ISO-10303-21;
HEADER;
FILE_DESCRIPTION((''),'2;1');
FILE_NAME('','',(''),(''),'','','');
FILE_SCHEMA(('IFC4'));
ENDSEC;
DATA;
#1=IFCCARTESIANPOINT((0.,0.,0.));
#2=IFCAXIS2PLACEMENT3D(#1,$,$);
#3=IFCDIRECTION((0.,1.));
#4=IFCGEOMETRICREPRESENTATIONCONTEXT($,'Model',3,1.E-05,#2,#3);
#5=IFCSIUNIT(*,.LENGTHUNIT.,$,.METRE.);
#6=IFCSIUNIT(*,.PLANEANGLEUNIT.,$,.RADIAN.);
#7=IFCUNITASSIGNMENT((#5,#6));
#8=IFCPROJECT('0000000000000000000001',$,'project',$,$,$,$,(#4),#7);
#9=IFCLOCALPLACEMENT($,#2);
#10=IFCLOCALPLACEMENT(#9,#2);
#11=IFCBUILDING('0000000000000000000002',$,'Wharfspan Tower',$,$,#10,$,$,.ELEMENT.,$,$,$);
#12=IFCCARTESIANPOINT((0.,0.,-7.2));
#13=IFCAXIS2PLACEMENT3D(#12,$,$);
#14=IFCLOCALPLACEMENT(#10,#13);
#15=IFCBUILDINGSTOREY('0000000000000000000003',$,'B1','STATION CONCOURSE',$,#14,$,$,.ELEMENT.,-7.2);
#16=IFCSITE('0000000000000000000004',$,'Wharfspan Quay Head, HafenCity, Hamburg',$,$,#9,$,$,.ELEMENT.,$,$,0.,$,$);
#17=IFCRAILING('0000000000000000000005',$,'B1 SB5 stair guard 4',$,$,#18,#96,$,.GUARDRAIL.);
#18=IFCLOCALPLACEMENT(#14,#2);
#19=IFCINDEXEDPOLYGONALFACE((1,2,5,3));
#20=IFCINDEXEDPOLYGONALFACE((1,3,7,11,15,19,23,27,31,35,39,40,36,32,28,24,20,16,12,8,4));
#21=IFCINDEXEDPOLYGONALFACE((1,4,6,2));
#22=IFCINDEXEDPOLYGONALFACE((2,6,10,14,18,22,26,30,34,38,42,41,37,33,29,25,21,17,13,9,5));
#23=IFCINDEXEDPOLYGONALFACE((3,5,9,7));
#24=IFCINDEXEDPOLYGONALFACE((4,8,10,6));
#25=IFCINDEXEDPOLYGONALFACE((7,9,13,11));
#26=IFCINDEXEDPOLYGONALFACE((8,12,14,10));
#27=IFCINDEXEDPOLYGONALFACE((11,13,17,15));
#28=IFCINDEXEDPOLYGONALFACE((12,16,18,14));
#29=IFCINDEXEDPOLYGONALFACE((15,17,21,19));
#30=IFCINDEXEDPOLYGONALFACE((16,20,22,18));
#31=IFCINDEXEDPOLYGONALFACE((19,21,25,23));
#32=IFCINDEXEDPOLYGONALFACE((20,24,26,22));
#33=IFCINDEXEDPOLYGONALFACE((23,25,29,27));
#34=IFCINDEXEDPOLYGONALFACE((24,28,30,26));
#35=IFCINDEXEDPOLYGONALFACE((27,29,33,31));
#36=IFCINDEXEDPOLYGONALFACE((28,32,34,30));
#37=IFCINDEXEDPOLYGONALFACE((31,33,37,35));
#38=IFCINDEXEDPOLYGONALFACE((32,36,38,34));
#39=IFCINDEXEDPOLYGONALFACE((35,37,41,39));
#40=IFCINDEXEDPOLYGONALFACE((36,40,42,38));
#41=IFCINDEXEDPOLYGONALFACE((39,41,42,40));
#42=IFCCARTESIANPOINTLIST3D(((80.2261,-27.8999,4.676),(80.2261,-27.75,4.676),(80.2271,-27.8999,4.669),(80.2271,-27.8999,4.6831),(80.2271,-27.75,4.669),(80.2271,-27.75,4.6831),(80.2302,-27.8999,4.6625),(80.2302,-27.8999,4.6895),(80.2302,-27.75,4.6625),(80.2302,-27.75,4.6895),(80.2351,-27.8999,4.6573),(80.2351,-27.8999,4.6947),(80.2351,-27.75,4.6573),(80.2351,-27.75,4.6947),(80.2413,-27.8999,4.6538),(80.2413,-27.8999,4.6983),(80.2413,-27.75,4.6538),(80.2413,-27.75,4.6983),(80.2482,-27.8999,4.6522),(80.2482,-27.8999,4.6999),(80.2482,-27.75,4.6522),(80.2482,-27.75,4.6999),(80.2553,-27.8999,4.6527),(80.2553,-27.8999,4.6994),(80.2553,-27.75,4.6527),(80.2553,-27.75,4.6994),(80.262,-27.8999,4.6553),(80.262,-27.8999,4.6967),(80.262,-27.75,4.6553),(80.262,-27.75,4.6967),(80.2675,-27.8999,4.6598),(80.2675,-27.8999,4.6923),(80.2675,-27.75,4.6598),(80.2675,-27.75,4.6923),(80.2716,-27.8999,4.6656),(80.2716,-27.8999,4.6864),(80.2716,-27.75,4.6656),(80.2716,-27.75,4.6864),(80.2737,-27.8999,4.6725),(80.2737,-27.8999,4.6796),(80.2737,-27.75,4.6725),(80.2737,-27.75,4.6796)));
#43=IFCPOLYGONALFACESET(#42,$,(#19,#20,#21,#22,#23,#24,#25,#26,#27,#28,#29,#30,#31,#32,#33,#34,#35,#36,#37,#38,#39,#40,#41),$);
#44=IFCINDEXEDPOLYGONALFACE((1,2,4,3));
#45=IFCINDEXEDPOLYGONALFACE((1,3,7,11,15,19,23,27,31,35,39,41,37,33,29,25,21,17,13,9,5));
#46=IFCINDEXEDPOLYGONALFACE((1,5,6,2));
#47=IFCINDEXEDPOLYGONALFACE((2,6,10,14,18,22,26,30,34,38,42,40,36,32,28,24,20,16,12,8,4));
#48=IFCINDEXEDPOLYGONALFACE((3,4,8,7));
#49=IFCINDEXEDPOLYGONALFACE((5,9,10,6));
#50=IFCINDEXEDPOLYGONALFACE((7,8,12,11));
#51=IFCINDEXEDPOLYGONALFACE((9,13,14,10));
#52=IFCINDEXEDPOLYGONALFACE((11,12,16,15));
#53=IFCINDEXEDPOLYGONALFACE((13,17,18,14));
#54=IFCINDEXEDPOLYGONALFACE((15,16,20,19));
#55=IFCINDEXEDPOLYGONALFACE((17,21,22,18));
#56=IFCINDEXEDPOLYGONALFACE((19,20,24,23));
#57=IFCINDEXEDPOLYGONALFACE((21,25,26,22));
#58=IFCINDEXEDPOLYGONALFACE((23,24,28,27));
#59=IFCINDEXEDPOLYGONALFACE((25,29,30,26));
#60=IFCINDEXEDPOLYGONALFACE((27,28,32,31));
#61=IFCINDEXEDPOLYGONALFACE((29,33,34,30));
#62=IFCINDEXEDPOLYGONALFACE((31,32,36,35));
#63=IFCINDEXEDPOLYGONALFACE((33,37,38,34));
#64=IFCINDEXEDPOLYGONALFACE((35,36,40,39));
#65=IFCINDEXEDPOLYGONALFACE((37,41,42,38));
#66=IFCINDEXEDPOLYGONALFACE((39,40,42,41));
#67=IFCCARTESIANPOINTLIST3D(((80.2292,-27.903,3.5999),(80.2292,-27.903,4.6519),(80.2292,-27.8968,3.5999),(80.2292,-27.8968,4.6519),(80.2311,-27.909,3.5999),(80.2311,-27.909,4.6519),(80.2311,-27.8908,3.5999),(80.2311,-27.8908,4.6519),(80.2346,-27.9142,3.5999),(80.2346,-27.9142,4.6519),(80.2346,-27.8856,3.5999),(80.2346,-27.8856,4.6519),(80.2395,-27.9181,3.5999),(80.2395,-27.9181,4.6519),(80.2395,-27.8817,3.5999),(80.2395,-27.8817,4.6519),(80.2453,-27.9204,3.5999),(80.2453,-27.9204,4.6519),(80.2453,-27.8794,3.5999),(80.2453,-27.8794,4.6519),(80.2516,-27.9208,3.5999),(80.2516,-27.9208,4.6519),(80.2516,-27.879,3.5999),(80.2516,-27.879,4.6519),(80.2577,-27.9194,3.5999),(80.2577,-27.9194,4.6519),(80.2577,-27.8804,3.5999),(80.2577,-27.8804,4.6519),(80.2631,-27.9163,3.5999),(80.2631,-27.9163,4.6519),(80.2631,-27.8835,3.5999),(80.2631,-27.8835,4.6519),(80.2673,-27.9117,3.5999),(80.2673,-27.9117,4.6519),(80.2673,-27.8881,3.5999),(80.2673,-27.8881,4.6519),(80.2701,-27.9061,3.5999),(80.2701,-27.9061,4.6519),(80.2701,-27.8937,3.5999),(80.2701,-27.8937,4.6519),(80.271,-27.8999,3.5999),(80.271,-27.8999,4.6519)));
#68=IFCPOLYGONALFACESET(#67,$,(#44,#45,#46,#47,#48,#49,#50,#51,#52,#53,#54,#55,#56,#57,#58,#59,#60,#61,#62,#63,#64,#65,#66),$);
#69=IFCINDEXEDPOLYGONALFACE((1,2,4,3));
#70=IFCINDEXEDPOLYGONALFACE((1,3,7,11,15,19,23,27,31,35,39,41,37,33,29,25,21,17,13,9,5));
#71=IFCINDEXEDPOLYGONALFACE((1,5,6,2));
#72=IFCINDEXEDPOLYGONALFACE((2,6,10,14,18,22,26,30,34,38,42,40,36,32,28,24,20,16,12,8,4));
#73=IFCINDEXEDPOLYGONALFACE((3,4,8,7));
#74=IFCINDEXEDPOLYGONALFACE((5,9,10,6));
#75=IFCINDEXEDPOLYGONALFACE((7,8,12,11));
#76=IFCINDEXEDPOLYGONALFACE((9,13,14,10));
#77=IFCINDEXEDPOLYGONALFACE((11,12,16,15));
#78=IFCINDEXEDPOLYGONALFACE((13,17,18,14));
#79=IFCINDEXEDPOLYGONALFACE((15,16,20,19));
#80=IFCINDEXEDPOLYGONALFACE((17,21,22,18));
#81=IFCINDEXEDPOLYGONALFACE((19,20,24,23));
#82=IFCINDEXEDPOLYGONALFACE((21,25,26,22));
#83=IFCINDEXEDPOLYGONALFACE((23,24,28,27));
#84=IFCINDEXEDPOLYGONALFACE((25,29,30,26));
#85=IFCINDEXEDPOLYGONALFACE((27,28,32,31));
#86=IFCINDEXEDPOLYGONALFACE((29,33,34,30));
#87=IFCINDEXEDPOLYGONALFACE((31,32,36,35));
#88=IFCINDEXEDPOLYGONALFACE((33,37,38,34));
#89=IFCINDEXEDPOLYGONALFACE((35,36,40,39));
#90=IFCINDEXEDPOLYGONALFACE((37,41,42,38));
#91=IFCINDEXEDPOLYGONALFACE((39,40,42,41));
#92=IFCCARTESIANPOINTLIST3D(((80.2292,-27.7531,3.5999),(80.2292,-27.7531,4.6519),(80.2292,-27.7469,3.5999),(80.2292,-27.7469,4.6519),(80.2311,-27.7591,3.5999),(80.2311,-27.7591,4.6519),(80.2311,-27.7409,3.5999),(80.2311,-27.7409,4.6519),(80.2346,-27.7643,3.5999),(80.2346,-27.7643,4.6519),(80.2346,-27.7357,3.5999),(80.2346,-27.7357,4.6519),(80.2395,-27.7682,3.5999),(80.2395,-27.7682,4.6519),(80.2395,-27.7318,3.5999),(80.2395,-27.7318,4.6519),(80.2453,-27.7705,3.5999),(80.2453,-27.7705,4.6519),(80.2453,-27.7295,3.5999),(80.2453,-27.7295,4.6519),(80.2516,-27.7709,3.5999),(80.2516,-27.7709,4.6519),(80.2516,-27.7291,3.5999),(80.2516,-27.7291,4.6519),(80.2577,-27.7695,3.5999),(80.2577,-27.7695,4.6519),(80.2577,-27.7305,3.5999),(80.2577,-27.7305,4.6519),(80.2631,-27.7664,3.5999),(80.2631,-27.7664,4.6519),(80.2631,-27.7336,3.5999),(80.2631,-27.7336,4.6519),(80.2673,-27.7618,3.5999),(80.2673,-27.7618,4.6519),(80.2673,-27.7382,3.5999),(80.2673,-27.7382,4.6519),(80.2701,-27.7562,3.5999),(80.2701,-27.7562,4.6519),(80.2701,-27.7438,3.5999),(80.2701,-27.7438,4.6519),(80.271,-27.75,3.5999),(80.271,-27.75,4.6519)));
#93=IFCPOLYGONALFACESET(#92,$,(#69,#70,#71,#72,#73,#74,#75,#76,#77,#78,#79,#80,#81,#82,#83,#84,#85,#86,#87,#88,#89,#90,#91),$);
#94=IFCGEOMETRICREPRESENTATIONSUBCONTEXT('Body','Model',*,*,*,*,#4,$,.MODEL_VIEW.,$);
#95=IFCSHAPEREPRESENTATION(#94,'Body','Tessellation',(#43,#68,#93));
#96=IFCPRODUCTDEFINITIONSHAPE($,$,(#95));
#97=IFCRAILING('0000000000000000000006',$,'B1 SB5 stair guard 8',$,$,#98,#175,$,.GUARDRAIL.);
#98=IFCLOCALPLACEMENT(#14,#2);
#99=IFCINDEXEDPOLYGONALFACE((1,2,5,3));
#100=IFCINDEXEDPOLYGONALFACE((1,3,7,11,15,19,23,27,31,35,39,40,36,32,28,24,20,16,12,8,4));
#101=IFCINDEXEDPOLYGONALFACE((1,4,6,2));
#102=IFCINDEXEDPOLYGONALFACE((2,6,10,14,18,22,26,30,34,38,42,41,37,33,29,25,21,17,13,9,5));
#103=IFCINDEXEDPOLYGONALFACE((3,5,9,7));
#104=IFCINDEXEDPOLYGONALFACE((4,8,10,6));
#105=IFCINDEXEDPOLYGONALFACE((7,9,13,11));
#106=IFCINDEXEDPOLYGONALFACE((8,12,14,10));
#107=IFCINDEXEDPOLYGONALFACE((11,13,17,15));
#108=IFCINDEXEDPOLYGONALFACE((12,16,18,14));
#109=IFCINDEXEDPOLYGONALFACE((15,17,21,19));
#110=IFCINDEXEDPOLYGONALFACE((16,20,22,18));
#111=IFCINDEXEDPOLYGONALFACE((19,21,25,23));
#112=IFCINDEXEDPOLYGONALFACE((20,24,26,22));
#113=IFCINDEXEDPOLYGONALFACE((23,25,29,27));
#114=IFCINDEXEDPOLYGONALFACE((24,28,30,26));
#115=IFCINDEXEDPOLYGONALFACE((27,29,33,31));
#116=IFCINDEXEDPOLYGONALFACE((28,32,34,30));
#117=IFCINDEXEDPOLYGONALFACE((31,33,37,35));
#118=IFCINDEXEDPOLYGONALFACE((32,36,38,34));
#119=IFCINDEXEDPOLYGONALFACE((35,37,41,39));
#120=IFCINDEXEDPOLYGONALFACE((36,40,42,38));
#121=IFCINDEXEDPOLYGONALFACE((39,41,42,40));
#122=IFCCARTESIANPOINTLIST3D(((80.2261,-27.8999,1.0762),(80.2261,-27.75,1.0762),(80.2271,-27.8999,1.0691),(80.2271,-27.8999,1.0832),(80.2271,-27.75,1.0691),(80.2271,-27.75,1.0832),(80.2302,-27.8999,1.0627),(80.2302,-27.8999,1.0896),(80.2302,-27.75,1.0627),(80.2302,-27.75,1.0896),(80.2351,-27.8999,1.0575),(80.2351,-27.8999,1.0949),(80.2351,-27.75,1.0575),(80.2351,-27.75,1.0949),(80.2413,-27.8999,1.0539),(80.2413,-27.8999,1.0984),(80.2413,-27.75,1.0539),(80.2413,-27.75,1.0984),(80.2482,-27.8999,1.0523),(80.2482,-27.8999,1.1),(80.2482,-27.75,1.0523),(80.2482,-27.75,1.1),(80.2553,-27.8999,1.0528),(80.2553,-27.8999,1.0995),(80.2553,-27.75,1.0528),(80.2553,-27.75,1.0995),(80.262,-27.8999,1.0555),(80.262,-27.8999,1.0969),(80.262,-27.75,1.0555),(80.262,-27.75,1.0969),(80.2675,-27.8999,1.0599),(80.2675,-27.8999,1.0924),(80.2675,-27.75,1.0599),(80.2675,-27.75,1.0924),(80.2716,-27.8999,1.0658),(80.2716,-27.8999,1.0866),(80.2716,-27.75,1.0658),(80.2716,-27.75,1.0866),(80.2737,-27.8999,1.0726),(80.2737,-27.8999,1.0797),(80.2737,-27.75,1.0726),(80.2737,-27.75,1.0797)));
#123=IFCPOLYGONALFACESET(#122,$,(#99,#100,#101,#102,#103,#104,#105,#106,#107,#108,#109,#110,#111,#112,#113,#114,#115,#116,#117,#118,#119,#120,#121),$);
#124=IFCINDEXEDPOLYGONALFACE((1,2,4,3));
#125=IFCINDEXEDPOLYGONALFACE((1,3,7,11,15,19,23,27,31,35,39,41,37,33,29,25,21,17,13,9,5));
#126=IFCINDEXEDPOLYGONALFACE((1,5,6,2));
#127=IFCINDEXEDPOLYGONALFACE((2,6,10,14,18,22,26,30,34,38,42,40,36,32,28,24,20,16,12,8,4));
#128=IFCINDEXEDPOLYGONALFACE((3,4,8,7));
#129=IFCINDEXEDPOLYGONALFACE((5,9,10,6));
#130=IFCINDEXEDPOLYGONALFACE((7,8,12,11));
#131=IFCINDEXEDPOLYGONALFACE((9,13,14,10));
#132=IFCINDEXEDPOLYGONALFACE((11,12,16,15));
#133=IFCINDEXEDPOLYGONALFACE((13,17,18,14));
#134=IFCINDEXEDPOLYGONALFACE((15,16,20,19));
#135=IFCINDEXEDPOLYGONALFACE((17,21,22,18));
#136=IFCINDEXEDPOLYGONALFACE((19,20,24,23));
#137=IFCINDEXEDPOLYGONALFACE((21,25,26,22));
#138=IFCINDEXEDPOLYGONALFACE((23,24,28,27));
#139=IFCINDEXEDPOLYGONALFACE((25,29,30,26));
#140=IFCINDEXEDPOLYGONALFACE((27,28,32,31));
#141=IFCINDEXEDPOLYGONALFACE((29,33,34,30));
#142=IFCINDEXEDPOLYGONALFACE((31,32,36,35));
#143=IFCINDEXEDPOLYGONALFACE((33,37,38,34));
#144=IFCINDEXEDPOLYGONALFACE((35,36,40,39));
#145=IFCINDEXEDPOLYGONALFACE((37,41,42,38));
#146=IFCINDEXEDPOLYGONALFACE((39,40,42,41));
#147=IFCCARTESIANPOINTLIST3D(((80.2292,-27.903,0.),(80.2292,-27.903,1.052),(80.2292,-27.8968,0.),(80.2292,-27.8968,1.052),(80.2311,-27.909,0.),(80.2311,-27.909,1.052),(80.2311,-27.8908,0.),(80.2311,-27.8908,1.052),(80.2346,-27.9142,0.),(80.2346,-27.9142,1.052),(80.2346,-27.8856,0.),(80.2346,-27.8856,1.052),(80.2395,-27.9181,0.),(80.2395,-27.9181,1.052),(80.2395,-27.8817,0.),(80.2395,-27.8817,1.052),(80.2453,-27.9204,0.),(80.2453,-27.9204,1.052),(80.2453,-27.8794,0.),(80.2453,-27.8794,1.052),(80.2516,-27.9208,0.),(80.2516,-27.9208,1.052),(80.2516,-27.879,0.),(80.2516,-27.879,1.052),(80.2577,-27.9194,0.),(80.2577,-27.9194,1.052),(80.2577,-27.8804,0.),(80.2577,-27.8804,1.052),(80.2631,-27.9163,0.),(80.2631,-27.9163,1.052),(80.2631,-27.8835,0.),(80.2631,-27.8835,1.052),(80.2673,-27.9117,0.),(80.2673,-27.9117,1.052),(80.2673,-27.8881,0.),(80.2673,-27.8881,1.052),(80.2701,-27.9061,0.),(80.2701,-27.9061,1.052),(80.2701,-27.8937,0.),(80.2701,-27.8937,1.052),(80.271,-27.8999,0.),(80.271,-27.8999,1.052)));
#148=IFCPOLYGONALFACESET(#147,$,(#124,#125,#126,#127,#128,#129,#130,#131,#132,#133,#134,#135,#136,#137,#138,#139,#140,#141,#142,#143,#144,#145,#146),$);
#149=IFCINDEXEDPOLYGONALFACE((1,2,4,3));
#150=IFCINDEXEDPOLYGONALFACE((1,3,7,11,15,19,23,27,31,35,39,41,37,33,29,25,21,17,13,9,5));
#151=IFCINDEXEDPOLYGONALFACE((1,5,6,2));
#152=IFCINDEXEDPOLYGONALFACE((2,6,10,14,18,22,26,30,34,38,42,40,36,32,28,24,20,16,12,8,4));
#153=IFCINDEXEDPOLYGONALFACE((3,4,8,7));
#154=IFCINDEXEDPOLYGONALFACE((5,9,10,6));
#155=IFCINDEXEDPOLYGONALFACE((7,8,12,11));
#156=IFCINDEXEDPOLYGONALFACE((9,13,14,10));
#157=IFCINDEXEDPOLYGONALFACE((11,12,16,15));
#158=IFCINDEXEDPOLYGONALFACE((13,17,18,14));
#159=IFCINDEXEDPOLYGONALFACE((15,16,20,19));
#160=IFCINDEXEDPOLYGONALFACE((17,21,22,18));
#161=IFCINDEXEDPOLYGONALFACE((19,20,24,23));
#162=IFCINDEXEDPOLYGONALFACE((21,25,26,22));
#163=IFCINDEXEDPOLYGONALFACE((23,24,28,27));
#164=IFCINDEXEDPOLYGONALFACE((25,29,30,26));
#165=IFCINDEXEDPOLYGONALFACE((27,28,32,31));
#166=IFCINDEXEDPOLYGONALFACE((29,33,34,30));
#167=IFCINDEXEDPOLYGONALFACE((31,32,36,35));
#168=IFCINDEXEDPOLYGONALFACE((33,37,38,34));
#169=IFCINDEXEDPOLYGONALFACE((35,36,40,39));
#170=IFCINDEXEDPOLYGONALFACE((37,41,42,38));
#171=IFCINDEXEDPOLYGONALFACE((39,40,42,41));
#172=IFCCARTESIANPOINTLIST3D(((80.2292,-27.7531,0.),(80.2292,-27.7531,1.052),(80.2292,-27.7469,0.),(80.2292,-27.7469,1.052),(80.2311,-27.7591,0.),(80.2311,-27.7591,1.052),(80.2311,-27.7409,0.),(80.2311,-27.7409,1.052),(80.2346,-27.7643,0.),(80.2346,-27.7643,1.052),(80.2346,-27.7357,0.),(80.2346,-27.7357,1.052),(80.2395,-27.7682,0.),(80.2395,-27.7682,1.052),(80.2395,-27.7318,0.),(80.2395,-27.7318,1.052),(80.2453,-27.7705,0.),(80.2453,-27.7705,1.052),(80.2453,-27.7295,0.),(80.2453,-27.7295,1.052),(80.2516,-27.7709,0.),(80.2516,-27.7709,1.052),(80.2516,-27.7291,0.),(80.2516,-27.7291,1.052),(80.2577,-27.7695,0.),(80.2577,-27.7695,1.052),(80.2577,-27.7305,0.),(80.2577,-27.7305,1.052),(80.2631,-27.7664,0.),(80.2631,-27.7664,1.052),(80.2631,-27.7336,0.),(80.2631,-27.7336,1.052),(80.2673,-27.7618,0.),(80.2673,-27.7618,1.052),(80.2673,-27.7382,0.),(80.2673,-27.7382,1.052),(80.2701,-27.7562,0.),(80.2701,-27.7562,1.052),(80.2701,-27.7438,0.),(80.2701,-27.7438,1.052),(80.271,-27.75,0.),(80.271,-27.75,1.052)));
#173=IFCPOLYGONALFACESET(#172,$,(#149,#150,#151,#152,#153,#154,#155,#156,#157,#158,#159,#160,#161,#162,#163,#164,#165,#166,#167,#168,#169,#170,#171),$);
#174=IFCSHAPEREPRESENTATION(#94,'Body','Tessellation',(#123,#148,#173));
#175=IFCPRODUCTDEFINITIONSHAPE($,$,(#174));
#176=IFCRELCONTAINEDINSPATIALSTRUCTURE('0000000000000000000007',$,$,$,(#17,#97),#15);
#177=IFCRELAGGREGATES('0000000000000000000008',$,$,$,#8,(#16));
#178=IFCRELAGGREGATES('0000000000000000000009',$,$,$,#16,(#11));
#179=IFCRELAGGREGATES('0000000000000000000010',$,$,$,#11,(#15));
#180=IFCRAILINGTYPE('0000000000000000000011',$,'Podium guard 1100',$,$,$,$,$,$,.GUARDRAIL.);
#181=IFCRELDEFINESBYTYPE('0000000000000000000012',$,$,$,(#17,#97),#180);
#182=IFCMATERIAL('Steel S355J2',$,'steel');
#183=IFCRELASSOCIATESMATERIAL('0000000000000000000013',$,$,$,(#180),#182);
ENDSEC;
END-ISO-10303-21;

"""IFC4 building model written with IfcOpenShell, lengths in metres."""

from ifc_helpers import new_model, si_unit, direction, frame, origin, origin_2d, place, context, subcontext, project, spatial, circle, extrude, material, type_object, element, save


model = new_model("IFC4")

# Units and contexts
model_context = context("Model", 3, precision=1e-05, world=origin(), true_north=direction((0.0, 1.0)))
body_context = subcontext(model_context, "Body", "Model", "MODEL_VIEW")
ifc_project = project(units=[si_unit("LENGTHUNIT", "METRE"), si_unit("PLANEANGLEUNIT", "RADIAN")], contexts=[model_context])

# Site, building, storey
site_placement = place(None, origin())
site = spatial("IfcSite", under=ifc_project, at=site_placement, Name="Wharfspan Quay Head, HafenCity, Hamburg", CompositionType="ELEMENT", RefElevation=0.0)
building_placement = place(site_placement, origin())
building = spatial("IfcBuilding", under=site, at=building_placement, Name="Wharfspan Tower", CompositionType="ELEMENT")
storey_placement = place(building_placement, frame((0.0, 0.0, -7.2)))
storey = spatial("IfcBuildingStorey", under=building, at=storey_placement, Name="B1", Description="STATION CONCOURSE", CompositionType="ELEMENT", Elevation=-7.2)

# Railings
ifc_material_1 = material(Name="Steel S355J2", Category="steel")
railing_type_1 = type_object("IfcRailingType", Name="Podium guard 1100", PredefinedType="GUARDRAIL", material=ifc_material_1)
for number, where, name in (
    (1, (80.25, -27.8999, 3.5999), "B1 SB5 stair guard 4"),
    (2, (80.25, -27.8999, 0.0), "B1 SB5 stair guard 8"),
):
    element("IfcRailing", number, at=place(storey_placement, frame(where)), inside=storey, type_object=railing_type_1, Name=name, PredefinedType="GUARDRAIL", context=body_context, shape_type="SweptSolid", body=[
        extrude(circle(Radius=0.0239, at=origin_2d()), frame((0.0, 0.0, 1.0762), z_axis=(0.0, 1.0, 0.0), x_axis=(-1.0, 0.0, 0.0)), (0.0, 0.0, 1.0), 0.1499),
        extrude(circle(Radius=0.021, at=origin_2d()), origin(), (0.0, 0.0, 1.0), 1.052),
        extrude(circle(Radius=0.021, at=origin_2d()), frame((0.0, 0.1499, 0.0)), (0.0, 0.0, 1.0), 1.052),
    ])

save(model, "model.ifc")
